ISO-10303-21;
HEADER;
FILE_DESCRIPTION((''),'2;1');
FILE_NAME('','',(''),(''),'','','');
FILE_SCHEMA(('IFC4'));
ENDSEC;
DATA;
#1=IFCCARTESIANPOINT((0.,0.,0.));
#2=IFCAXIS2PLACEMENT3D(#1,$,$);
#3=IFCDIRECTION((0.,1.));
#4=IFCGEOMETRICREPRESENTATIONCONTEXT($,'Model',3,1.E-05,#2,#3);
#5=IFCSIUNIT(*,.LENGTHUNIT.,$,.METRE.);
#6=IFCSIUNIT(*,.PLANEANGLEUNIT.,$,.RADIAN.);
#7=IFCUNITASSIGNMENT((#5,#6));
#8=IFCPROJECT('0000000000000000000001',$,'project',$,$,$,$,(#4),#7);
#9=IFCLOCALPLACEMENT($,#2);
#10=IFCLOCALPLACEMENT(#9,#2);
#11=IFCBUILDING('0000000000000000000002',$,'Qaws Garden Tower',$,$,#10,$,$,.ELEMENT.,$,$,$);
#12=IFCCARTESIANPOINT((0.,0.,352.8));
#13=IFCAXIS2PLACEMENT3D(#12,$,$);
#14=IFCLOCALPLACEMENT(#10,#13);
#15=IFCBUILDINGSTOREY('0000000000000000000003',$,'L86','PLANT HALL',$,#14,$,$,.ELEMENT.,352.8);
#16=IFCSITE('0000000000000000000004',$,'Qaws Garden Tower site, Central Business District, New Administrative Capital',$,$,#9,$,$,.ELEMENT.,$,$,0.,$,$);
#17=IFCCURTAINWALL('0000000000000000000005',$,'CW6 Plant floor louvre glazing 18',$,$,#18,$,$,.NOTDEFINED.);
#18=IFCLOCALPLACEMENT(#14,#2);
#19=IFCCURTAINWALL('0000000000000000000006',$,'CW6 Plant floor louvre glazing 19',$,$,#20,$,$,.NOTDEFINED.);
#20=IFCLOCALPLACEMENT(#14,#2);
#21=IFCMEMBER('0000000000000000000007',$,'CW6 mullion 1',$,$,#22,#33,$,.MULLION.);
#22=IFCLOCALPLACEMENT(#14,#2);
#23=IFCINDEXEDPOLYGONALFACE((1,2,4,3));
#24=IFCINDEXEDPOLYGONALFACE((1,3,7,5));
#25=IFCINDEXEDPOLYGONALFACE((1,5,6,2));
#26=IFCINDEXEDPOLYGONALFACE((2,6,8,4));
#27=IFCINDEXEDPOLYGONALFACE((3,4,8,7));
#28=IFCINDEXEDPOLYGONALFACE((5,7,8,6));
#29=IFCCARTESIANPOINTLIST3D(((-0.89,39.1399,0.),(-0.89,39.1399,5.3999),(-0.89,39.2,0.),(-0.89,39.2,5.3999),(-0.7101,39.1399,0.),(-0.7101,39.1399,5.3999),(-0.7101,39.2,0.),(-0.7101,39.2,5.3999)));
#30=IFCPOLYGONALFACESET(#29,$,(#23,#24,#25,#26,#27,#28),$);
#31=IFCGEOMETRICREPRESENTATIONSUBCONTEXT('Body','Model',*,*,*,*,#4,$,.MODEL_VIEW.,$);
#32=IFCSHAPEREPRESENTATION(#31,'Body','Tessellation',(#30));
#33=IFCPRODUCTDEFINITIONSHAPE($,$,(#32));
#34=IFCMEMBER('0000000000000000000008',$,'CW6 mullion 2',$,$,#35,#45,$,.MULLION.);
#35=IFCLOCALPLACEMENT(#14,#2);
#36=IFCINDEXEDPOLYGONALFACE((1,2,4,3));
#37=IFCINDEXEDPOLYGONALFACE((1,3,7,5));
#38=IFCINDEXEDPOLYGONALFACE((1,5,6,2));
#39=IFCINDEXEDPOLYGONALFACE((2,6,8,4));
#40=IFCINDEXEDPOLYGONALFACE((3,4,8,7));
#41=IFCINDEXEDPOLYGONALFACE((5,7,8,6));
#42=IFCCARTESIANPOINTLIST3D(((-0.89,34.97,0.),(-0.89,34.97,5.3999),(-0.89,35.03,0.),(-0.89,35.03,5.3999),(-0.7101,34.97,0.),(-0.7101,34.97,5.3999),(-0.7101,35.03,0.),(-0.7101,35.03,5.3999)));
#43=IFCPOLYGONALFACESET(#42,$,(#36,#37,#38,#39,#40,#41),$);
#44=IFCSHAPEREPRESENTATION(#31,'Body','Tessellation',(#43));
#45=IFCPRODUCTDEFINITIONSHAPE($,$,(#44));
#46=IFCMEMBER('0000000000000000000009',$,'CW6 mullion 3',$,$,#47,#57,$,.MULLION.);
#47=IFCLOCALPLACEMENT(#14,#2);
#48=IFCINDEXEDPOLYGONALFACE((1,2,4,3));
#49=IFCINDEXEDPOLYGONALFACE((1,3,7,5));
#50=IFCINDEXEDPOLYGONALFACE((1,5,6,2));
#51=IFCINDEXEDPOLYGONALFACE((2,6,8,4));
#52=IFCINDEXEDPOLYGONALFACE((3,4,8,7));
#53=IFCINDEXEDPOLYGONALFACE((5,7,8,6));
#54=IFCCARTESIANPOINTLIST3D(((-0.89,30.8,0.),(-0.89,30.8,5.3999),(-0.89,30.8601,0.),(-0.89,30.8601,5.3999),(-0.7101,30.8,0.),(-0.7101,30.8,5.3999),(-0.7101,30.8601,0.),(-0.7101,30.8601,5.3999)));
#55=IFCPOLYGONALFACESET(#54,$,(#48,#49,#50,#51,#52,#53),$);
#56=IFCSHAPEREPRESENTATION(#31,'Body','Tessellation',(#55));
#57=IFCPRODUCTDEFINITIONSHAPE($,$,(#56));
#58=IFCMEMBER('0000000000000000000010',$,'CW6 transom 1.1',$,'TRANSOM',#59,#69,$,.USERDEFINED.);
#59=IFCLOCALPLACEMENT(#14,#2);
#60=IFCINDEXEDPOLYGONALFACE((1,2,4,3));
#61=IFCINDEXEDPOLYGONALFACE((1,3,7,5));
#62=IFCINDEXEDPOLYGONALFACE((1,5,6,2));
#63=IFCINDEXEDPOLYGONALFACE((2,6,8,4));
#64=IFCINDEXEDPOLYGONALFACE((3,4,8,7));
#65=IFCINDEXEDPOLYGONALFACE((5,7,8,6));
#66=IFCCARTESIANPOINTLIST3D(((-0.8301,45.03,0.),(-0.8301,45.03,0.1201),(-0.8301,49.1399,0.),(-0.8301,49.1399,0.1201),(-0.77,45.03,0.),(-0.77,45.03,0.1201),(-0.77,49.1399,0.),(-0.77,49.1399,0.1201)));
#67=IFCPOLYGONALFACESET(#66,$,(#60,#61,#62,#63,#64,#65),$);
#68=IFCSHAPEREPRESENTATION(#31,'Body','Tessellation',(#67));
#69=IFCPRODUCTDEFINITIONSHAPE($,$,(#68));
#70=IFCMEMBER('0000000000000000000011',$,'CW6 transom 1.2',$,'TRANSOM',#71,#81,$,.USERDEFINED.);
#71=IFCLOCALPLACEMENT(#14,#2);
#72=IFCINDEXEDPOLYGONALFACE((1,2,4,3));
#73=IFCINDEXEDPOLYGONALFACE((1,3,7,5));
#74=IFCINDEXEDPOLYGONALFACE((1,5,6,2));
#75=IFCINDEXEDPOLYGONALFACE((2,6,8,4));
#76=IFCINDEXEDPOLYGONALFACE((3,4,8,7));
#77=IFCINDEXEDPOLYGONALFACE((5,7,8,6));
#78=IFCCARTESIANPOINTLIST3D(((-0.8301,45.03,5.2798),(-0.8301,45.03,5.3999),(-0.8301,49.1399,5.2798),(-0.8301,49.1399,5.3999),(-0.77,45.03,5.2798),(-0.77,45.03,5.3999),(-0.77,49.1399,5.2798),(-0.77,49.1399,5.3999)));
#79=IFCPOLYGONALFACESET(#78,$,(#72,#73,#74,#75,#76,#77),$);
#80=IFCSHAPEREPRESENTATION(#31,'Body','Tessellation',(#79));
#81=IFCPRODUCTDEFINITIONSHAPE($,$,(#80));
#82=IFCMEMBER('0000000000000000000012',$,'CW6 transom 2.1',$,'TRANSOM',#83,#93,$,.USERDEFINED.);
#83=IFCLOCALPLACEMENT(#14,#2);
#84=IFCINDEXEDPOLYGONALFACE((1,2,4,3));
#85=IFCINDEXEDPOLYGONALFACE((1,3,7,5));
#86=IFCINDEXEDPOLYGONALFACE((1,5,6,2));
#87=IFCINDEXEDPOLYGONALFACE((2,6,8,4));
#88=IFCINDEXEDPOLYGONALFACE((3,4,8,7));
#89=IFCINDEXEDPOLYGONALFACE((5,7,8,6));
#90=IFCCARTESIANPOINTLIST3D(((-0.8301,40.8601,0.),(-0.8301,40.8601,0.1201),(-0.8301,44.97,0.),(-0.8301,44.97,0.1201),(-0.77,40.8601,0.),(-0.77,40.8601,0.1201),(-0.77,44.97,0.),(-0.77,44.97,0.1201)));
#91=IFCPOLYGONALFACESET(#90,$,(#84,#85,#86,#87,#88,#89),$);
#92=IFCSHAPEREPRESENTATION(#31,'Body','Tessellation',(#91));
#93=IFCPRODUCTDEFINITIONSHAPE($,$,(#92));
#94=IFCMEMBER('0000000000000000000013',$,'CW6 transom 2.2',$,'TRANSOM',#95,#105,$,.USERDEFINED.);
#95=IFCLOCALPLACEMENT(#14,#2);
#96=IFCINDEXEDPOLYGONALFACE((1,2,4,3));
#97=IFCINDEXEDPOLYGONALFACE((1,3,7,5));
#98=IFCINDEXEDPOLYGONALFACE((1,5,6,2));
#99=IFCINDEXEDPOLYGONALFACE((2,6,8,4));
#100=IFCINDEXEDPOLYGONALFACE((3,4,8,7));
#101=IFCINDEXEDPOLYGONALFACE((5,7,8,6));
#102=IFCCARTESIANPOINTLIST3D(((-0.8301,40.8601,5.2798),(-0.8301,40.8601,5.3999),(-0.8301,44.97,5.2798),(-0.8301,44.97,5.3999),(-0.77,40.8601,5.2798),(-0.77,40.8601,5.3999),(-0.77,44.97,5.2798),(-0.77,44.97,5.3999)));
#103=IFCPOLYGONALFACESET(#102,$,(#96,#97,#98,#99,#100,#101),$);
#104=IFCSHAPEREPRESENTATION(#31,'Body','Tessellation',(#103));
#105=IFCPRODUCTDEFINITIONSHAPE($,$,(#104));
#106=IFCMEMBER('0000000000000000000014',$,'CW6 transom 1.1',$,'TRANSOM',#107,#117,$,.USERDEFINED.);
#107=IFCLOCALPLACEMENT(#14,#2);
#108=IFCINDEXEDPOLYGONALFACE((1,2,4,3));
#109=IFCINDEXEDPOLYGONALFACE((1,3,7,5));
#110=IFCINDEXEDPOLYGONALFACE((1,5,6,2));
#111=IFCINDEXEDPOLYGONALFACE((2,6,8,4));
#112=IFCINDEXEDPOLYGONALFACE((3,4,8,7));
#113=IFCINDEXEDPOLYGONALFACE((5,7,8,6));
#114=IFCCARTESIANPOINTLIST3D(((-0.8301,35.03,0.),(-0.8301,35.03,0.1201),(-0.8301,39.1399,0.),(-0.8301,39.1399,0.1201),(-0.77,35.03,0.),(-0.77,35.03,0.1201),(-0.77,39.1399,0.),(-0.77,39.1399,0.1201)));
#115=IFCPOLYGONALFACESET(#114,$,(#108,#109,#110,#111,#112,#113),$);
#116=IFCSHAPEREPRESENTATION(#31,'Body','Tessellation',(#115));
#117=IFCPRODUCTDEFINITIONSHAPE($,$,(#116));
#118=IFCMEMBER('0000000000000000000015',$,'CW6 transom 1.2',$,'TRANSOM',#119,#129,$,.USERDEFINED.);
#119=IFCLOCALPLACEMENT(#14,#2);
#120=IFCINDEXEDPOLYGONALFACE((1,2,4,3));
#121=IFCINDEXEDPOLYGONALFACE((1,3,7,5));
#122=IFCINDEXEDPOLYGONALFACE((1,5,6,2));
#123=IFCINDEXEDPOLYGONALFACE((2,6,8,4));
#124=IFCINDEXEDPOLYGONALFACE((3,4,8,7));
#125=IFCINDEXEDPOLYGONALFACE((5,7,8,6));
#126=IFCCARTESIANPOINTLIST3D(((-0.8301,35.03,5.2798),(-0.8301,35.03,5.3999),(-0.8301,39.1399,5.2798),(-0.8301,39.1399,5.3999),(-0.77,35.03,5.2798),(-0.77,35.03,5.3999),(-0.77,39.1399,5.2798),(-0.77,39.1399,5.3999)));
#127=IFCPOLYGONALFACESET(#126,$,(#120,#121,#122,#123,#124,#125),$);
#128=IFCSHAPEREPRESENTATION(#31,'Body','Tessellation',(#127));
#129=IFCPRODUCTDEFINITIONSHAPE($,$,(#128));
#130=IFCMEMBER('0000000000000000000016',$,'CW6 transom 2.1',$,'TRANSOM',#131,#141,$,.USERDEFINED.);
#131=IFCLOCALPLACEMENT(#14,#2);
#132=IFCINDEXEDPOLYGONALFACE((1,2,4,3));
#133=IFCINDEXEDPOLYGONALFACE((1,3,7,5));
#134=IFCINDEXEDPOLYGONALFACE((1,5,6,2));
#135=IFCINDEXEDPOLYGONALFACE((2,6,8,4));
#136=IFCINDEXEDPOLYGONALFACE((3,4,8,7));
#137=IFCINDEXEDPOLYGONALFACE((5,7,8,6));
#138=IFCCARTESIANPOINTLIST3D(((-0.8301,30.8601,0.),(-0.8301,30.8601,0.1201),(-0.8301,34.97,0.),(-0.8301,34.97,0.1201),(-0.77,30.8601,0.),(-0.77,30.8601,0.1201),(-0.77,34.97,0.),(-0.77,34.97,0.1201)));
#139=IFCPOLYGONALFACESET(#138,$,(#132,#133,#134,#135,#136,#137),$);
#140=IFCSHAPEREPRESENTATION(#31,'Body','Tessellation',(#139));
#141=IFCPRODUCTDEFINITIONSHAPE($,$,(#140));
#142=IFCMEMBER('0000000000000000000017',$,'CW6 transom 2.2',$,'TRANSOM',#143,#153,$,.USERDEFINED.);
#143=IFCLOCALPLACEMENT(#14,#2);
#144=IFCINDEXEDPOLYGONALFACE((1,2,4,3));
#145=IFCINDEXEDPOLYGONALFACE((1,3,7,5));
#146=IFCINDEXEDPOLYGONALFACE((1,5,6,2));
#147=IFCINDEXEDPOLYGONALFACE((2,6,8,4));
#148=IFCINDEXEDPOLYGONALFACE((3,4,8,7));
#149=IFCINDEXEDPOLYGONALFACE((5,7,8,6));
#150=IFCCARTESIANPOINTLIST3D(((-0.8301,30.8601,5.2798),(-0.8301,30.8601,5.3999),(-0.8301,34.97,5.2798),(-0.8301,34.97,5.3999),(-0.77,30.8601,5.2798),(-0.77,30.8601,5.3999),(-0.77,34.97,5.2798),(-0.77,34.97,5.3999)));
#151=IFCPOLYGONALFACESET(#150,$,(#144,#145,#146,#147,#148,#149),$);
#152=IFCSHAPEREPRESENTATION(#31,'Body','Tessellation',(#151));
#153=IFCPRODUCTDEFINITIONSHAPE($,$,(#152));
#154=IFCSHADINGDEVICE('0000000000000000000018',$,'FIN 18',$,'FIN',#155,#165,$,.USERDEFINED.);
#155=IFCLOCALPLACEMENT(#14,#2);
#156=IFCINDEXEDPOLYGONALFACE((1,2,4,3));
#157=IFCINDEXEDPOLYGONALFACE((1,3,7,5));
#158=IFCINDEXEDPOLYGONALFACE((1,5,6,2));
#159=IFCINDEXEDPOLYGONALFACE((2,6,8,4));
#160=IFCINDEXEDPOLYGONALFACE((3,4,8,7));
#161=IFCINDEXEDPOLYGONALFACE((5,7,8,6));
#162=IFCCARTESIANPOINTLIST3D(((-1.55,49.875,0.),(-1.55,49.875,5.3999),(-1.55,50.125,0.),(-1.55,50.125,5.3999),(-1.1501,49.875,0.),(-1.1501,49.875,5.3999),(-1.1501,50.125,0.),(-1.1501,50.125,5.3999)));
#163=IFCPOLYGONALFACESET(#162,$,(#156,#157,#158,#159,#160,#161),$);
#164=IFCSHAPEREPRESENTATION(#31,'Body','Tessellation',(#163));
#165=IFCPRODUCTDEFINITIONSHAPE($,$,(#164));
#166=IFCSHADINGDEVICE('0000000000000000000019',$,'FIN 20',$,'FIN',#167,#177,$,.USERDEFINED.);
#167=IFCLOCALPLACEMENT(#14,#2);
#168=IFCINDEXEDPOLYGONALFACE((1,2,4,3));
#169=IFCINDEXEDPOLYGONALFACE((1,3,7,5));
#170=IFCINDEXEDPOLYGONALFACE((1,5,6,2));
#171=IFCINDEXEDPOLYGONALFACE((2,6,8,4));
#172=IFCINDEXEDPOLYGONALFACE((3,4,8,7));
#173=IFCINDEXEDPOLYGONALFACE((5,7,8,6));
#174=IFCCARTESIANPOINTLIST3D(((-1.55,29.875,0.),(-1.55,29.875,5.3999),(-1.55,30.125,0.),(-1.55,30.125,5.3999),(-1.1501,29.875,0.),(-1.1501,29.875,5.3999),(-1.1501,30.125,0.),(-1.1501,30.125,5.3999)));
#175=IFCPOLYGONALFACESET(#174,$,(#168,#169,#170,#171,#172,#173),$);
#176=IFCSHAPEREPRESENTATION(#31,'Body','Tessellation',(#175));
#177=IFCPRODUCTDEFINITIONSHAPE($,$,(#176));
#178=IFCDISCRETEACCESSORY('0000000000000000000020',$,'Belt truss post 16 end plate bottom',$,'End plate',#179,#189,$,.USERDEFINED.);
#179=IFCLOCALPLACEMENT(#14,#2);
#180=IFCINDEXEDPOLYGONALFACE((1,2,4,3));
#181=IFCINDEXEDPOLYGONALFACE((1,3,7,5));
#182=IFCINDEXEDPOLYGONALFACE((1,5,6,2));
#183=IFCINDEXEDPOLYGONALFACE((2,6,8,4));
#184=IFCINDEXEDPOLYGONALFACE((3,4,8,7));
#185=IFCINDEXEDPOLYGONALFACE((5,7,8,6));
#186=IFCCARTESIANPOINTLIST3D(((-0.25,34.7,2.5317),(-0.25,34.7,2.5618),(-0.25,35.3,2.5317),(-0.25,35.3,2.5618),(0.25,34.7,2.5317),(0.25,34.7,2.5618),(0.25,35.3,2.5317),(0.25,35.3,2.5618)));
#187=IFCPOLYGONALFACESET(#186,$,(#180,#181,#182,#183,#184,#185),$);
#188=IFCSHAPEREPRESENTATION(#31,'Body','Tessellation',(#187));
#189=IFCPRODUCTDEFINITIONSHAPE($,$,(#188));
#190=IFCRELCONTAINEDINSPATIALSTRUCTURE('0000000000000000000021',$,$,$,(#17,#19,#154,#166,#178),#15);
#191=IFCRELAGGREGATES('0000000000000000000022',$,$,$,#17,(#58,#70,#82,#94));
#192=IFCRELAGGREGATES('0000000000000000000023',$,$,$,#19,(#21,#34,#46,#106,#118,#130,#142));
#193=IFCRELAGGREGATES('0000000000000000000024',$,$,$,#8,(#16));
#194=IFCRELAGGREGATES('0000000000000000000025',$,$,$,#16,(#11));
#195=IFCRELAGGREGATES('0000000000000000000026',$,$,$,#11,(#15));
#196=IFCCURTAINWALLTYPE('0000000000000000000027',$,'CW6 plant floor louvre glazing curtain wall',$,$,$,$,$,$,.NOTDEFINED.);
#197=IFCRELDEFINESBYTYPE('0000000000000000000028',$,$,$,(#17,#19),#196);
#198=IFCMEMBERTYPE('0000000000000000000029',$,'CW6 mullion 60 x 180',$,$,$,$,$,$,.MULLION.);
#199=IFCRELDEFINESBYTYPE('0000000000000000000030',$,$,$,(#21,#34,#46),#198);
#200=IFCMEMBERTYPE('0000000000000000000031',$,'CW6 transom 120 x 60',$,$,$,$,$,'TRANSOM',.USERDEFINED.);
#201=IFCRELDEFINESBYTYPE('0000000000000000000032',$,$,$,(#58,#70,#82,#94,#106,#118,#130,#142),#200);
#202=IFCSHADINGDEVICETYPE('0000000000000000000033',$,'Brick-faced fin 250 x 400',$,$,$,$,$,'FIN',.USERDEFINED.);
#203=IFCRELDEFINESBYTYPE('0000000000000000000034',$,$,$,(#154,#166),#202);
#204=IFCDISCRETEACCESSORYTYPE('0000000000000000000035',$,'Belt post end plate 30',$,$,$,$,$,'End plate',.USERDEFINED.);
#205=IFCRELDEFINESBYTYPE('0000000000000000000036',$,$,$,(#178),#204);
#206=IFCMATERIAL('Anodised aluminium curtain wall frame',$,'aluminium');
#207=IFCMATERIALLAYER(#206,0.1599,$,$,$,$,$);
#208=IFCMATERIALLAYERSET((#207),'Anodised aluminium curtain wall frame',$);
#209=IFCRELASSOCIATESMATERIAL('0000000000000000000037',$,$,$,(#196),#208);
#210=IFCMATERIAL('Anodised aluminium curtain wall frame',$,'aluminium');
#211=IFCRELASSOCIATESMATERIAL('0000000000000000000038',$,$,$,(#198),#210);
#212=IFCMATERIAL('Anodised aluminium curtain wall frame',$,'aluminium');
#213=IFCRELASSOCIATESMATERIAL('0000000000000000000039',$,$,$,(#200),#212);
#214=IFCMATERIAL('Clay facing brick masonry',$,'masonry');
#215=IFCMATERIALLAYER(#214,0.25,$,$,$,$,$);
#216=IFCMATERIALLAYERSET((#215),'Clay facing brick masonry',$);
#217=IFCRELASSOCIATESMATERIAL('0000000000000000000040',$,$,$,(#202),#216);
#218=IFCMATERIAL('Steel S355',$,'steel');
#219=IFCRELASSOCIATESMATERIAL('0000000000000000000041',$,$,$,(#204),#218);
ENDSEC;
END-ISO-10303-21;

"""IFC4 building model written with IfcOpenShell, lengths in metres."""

from ifc_helpers import new_model, si_unit, direction, frame, origin, origin_2d, place, context, subcontext, project, spatial, rectangle, extrude, material, layer, layer_set, material_profile, profile_set, type_object, element, aggregate, save


model = new_model("IFC4")

# Units and contexts
model_context = context("Model", 3, precision=1e-05, world=origin(), true_north=direction((0.0, 1.0)))
body_context = subcontext(model_context, "Body", "Model", "MODEL_VIEW")
ifc_project = project(units=[si_unit("LENGTHUNIT", "METRE"), si_unit("PLANEANGLEUNIT", "RADIAN")], contexts=[model_context])

# Site, building, storey
site_placement = place(None, origin())
site = spatial("IfcSite", under=ifc_project, at=site_placement, Name="Qaws Garden Tower site, Central Business District, New Administrative Capital", CompositionType="ELEMENT", RefElevation=0.0)
building_placement = place(site_placement, origin())
building = spatial("IfcBuilding", under=site, at=building_placement, Name="Qaws Garden Tower", CompositionType="ELEMENT")
storey_placement = place(building_placement, frame((0.0, 0.0, 352.8)))
storey = spatial("IfcBuildingStorey", under=building, at=storey_placement, Name="L86", Description="PLANT HALL", CompositionType="ELEMENT", Elevation=352.8)

# Curtain walls
ifc_material_1 = material(Name="Anodised aluminium curtain wall frame", Category="aluminium")
ifc_layer_1 = layer(ifc_material_1, 0.1599)
ifc_layer_set_1 = layer_set([ifc_layer_1], Name="Anodised aluminium curtain wall frame")
curtain_wall_type = type_object("IfcCurtainWallType", Name="CW6 plant floor louvre glazing curtain wall", PredefinedType="NOTDEFINED", material=ifc_layer_set_1)
placement_1 = place(storey_placement, origin())
curtain_wall_1 = element("IfcCurtainWall", 1, at=placement_1, inside=storey, type_object=curtain_wall_type, Name="CW6 Plant floor louvre glazing 18", PredefinedType="NOTDEFINED")
curtain_wall_2 = element("IfcCurtainWall", 2, at=placement_1, inside=storey, type_object=curtain_wall_type, Name="CW6 Plant floor louvre glazing 19", PredefinedType="NOTDEFINED")

# Members
ifc_material_2 = material(Name="Anodised aluminium curtain wall frame", Category="aluminium")
ifc_material_profile_1 = material_profile(ifc_material_2, rectangle(XDim=0.1799, YDim=0.0601, at=origin_2d()), Name="AL 60x180")
ifc_profile_set_1 = profile_set([ifc_material_profile_1], Name="Anodised aluminium curtain wall frame")
member_type_1 = type_object("IfcMemberType", Name="CW6 mullion 60 x 180", PredefinedType="MULLION", material=ifc_profile_set_1)
member_1_placement = place(storey_placement, frame((-0.8, 39.1699, 0.0), z_axis=(0.0, 0.0, 1.0), x_axis=(1.0, 0.0, 0.0)))
member_1 = element("IfcMember", 3, at=member_1_placement, type_object=member_type_1, Name="CW6 mullion 1", PredefinedType="MULLION", context=body_context, shape_type="SweptSolid", body=[
    extrude(rectangle(XDim=0.1799, YDim=0.0601, at=origin_2d()), origin(), (0.0, 0.0, 1.0), 5.3999),
])
member_2_placement = place(storey_placement, frame((-0.8, 35.0, 0.0), z_axis=(0.0, 0.0, 1.0), x_axis=(1.0, 0.0, 0.0)))
member_2 = element("IfcMember", 4, at=member_2_placement, type_object=member_type_1, Name="CW6 mullion 2", PredefinedType="MULLION", context=body_context, shape_type="SweptSolid", body=[
    extrude(rectangle(XDim=0.1799, YDim=0.0601, at=origin_2d()), origin(), (0.0, 0.0, 1.0), 5.3999),
])
member_3_placement = place(storey_placement, frame((-0.8, 30.8301, 0.0), z_axis=(0.0, 0.0, 1.0), x_axis=(1.0, 0.0, 0.0)))
member_3 = element("IfcMember", 5, at=member_3_placement, type_object=member_type_1, Name="CW6 mullion 3", PredefinedType="MULLION", context=body_context, shape_type="SweptSolid", body=[
    extrude(rectangle(XDim=0.1799, YDim=0.0601, at=origin_2d()), origin(), (0.0, 0.0, 1.0), 5.3999),
])
ifc_material_3 = material(Name="Anodised aluminium curtain wall frame", Category="aluminium")
ifc_material_profile_2 = material_profile(ifc_material_3, rectangle(XDim=0.0601, YDim=0.1201, at=origin_2d()), Name="AL 60x120")
ifc_profile_set_2 = profile_set([ifc_material_profile_2], Name="Anodised aluminium curtain wall frame")
member_type_2 = type_object("IfcMemberType", Name="CW6 transom 120 x 60", ElementType="TRANSOM", PredefinedType="USERDEFINED", material=ifc_profile_set_2)
member_4_placement = place(storey_placement, frame((-0.8, 49.1399, 0.0601), z_axis=(0.0, -1.0, 0.0), x_axis=(1.0, 0.0, 0.0)))
member_4 = element("IfcMember", 6, at=member_4_placement, type_object=member_type_2, Name="CW6 transom 1.1", ObjectType="TRANSOM", PredefinedType="USERDEFINED", context=body_context, shape_type="SweptSolid", body=[
    extrude(rectangle(XDim=0.0601, YDim=0.1201, at=origin_2d()), origin(), (0.0, 0.0, 1.0), 4.1099),
])
member_5_placement = place(storey_placement, frame((-0.8, 49.1399, 5.3398), z_axis=(0.0, -1.0, 0.0), x_axis=(1.0, 0.0, 0.0)))
member_5 = element("IfcMember", 7, at=member_5_placement, type_object=member_type_2, Name="CW6 transom 1.2", ObjectType="TRANSOM", PredefinedType="USERDEFINED", context=body_context, shape_type="SweptSolid", body=[
    extrude(rectangle(XDim=0.0601, YDim=0.1201, at=origin_2d()), origin(), (0.0, 0.0, 1.0), 4.1099),
])
member_6_placement = place(storey_placement, frame((-0.8, 44.97, 0.0601), z_axis=(0.0, -1.0, 0.0), x_axis=(1.0, 0.0, 0.0)))
member_6 = element("IfcMember", 8, at=member_6_placement, type_object=member_type_2, Name="CW6 transom 2.1", ObjectType="TRANSOM", PredefinedType="USERDEFINED", context=body_context, shape_type="SweptSolid", body=[
    extrude(rectangle(XDim=0.0601, YDim=0.1201, at=origin_2d()), origin(), (0.0, 0.0, 1.0), 4.1099),
])
member_7_placement = place(storey_placement, frame((-0.8, 44.97, 5.3398), z_axis=(0.0, -1.0, 0.0), x_axis=(1.0, 0.0, 0.0)))
member_7 = element("IfcMember", 9, at=member_7_placement, type_object=member_type_2, Name="CW6 transom 2.2", ObjectType="TRANSOM", PredefinedType="USERDEFINED", context=body_context, shape_type="SweptSolid", body=[
    extrude(rectangle(XDim=0.0601, YDim=0.1201, at=origin_2d()), origin(), (0.0, 0.0, 1.0), 4.1099),
])
member_8_placement = place(storey_placement, frame((-0.8, 39.1399, 0.0601), z_axis=(0.0, -1.0, 0.0), x_axis=(1.0, 0.0, 0.0)))
member_8 = element("IfcMember", 10, at=member_8_placement, type_object=member_type_2, Name="CW6 transom 1.1", ObjectType="TRANSOM", PredefinedType="USERDEFINED", context=body_context, shape_type="SweptSolid", body=[
    extrude(rectangle(XDim=0.0601, YDim=0.1201, at=origin_2d()), origin(), (0.0, 0.0, 1.0), 4.1099),
])
member_9_placement = place(storey_placement, frame((-0.8, 39.1399, 5.3398), z_axis=(0.0, -1.0, 0.0), x_axis=(1.0, 0.0, 0.0)))
member_9 = element("IfcMember", 11, at=member_9_placement, type_object=member_type_2, Name="CW6 transom 1.2", ObjectType="TRANSOM", PredefinedType="USERDEFINED", context=body_context, shape_type="SweptSolid", body=[
    extrude(rectangle(XDim=0.0601, YDim=0.1201, at=origin_2d()), origin(), (0.0, 0.0, 1.0), 4.1099),
])
member_10_placement = place(storey_placement, frame((-0.8, 34.97, 0.0601), z_axis=(0.0, -1.0, 0.0), x_axis=(1.0, 0.0, 0.0)))
member_10 = element("IfcMember", 12, at=member_10_placement, type_object=member_type_2, Name="CW6 transom 2.1", ObjectType="TRANSOM", PredefinedType="USERDEFINED", context=body_context, shape_type="SweptSolid", body=[
    extrude(rectangle(XDim=0.0601, YDim=0.1201, at=origin_2d()), origin(), (0.0, 0.0, 1.0), 4.1099),
])
member_11_placement = place(storey_placement, frame((-0.8, 34.97, 5.3398), z_axis=(0.0, -1.0, 0.0), x_axis=(1.0, 0.0, 0.0)))
member_11 = element("IfcMember", 13, at=member_11_placement, type_object=member_type_2, Name="CW6 transom 2.2", ObjectType="TRANSOM", PredefinedType="USERDEFINED", context=body_context, shape_type="SweptSolid", body=[
    extrude(rectangle(XDim=0.0601, YDim=0.1201, at=origin_2d()), origin(), (0.0, 0.0, 1.0), 4.1099),
])

aggregate(curtain_wall_1, [member_4, member_5, member_6, member_7])

aggregate(curtain_wall_2, [member_1, member_2, member_3, member_8, member_9, member_10, member_11])

# Shading devices
ifc_material_4 = material(Name="Clay facing brick masonry", Category="masonry")
ifc_layer_2 = layer(ifc_material_4, 0.25)
ifc_layer_set_2 = layer_set([ifc_layer_2], Name="Clay facing brick masonry")
shading_device_type = type_object("IfcShadingDeviceType", Name="Brick-faced fin 250 x 400", ElementType="FIN", PredefinedType="USERDEFINED", material=ifc_layer_set_2)
for number, where, z_axis, x_axis, name in (
    (14, (-1.3501, 50.0, 0.0), (0.0, 0.0, 1.0), (0.0, -1.0, 0.0), "FIN 18"),
    (15, (-1.3501, 30.0, 0.0), (0.0, 0.0, 1.0), (0.0, -1.0, 0.0), "FIN 20"),
):
    element("IfcShadingDevice", number, at=place(storey_placement, frame(where, z_axis=z_axis, x_axis=x_axis)), inside=storey, type_object=shading_device_type, Name=name, ObjectType="FIN", PredefinedType="USERDEFINED", context=body_context, shape_type="SweptSolid", body=[
        extrude(rectangle(XDim=0.25, YDim=0.3999, at=origin_2d()), origin(), (0.0, 0.0, 1.0), 5.3999),
    ])

# Discrete accessory
ifc_material_5 = material(Name="Steel S355", Category="steel")
discrete_accessory_type = type_object("IfcDiscreteAccessoryType", Name="Belt post end plate 30", ElementType="End plate", PredefinedType="USERDEFINED", material=ifc_material_5)
for number, where, z_axis, x_axis, name in (
    (16, (0.0, 35.0, 2.5317), (0.0, 0.0, 1.0), (1.0, 0.0, 0.0), "Belt truss post 16 end plate bottom"),
):
    element("IfcDiscreteAccessory", number, at=place(storey_placement, frame(where, z_axis=z_axis, x_axis=x_axis)), inside=storey, type_object=discrete_accessory_type, Name=name, ObjectType="End plate", PredefinedType="USERDEFINED", context=body_context, shape_type="SweptSolid", body=[
        extrude(rectangle(XDim=0.5, YDim=0.6001, at=origin_2d()), origin(), (0.0, 0.0, 1.0), 0.03),
    ])

save(model, "model.ifc")
